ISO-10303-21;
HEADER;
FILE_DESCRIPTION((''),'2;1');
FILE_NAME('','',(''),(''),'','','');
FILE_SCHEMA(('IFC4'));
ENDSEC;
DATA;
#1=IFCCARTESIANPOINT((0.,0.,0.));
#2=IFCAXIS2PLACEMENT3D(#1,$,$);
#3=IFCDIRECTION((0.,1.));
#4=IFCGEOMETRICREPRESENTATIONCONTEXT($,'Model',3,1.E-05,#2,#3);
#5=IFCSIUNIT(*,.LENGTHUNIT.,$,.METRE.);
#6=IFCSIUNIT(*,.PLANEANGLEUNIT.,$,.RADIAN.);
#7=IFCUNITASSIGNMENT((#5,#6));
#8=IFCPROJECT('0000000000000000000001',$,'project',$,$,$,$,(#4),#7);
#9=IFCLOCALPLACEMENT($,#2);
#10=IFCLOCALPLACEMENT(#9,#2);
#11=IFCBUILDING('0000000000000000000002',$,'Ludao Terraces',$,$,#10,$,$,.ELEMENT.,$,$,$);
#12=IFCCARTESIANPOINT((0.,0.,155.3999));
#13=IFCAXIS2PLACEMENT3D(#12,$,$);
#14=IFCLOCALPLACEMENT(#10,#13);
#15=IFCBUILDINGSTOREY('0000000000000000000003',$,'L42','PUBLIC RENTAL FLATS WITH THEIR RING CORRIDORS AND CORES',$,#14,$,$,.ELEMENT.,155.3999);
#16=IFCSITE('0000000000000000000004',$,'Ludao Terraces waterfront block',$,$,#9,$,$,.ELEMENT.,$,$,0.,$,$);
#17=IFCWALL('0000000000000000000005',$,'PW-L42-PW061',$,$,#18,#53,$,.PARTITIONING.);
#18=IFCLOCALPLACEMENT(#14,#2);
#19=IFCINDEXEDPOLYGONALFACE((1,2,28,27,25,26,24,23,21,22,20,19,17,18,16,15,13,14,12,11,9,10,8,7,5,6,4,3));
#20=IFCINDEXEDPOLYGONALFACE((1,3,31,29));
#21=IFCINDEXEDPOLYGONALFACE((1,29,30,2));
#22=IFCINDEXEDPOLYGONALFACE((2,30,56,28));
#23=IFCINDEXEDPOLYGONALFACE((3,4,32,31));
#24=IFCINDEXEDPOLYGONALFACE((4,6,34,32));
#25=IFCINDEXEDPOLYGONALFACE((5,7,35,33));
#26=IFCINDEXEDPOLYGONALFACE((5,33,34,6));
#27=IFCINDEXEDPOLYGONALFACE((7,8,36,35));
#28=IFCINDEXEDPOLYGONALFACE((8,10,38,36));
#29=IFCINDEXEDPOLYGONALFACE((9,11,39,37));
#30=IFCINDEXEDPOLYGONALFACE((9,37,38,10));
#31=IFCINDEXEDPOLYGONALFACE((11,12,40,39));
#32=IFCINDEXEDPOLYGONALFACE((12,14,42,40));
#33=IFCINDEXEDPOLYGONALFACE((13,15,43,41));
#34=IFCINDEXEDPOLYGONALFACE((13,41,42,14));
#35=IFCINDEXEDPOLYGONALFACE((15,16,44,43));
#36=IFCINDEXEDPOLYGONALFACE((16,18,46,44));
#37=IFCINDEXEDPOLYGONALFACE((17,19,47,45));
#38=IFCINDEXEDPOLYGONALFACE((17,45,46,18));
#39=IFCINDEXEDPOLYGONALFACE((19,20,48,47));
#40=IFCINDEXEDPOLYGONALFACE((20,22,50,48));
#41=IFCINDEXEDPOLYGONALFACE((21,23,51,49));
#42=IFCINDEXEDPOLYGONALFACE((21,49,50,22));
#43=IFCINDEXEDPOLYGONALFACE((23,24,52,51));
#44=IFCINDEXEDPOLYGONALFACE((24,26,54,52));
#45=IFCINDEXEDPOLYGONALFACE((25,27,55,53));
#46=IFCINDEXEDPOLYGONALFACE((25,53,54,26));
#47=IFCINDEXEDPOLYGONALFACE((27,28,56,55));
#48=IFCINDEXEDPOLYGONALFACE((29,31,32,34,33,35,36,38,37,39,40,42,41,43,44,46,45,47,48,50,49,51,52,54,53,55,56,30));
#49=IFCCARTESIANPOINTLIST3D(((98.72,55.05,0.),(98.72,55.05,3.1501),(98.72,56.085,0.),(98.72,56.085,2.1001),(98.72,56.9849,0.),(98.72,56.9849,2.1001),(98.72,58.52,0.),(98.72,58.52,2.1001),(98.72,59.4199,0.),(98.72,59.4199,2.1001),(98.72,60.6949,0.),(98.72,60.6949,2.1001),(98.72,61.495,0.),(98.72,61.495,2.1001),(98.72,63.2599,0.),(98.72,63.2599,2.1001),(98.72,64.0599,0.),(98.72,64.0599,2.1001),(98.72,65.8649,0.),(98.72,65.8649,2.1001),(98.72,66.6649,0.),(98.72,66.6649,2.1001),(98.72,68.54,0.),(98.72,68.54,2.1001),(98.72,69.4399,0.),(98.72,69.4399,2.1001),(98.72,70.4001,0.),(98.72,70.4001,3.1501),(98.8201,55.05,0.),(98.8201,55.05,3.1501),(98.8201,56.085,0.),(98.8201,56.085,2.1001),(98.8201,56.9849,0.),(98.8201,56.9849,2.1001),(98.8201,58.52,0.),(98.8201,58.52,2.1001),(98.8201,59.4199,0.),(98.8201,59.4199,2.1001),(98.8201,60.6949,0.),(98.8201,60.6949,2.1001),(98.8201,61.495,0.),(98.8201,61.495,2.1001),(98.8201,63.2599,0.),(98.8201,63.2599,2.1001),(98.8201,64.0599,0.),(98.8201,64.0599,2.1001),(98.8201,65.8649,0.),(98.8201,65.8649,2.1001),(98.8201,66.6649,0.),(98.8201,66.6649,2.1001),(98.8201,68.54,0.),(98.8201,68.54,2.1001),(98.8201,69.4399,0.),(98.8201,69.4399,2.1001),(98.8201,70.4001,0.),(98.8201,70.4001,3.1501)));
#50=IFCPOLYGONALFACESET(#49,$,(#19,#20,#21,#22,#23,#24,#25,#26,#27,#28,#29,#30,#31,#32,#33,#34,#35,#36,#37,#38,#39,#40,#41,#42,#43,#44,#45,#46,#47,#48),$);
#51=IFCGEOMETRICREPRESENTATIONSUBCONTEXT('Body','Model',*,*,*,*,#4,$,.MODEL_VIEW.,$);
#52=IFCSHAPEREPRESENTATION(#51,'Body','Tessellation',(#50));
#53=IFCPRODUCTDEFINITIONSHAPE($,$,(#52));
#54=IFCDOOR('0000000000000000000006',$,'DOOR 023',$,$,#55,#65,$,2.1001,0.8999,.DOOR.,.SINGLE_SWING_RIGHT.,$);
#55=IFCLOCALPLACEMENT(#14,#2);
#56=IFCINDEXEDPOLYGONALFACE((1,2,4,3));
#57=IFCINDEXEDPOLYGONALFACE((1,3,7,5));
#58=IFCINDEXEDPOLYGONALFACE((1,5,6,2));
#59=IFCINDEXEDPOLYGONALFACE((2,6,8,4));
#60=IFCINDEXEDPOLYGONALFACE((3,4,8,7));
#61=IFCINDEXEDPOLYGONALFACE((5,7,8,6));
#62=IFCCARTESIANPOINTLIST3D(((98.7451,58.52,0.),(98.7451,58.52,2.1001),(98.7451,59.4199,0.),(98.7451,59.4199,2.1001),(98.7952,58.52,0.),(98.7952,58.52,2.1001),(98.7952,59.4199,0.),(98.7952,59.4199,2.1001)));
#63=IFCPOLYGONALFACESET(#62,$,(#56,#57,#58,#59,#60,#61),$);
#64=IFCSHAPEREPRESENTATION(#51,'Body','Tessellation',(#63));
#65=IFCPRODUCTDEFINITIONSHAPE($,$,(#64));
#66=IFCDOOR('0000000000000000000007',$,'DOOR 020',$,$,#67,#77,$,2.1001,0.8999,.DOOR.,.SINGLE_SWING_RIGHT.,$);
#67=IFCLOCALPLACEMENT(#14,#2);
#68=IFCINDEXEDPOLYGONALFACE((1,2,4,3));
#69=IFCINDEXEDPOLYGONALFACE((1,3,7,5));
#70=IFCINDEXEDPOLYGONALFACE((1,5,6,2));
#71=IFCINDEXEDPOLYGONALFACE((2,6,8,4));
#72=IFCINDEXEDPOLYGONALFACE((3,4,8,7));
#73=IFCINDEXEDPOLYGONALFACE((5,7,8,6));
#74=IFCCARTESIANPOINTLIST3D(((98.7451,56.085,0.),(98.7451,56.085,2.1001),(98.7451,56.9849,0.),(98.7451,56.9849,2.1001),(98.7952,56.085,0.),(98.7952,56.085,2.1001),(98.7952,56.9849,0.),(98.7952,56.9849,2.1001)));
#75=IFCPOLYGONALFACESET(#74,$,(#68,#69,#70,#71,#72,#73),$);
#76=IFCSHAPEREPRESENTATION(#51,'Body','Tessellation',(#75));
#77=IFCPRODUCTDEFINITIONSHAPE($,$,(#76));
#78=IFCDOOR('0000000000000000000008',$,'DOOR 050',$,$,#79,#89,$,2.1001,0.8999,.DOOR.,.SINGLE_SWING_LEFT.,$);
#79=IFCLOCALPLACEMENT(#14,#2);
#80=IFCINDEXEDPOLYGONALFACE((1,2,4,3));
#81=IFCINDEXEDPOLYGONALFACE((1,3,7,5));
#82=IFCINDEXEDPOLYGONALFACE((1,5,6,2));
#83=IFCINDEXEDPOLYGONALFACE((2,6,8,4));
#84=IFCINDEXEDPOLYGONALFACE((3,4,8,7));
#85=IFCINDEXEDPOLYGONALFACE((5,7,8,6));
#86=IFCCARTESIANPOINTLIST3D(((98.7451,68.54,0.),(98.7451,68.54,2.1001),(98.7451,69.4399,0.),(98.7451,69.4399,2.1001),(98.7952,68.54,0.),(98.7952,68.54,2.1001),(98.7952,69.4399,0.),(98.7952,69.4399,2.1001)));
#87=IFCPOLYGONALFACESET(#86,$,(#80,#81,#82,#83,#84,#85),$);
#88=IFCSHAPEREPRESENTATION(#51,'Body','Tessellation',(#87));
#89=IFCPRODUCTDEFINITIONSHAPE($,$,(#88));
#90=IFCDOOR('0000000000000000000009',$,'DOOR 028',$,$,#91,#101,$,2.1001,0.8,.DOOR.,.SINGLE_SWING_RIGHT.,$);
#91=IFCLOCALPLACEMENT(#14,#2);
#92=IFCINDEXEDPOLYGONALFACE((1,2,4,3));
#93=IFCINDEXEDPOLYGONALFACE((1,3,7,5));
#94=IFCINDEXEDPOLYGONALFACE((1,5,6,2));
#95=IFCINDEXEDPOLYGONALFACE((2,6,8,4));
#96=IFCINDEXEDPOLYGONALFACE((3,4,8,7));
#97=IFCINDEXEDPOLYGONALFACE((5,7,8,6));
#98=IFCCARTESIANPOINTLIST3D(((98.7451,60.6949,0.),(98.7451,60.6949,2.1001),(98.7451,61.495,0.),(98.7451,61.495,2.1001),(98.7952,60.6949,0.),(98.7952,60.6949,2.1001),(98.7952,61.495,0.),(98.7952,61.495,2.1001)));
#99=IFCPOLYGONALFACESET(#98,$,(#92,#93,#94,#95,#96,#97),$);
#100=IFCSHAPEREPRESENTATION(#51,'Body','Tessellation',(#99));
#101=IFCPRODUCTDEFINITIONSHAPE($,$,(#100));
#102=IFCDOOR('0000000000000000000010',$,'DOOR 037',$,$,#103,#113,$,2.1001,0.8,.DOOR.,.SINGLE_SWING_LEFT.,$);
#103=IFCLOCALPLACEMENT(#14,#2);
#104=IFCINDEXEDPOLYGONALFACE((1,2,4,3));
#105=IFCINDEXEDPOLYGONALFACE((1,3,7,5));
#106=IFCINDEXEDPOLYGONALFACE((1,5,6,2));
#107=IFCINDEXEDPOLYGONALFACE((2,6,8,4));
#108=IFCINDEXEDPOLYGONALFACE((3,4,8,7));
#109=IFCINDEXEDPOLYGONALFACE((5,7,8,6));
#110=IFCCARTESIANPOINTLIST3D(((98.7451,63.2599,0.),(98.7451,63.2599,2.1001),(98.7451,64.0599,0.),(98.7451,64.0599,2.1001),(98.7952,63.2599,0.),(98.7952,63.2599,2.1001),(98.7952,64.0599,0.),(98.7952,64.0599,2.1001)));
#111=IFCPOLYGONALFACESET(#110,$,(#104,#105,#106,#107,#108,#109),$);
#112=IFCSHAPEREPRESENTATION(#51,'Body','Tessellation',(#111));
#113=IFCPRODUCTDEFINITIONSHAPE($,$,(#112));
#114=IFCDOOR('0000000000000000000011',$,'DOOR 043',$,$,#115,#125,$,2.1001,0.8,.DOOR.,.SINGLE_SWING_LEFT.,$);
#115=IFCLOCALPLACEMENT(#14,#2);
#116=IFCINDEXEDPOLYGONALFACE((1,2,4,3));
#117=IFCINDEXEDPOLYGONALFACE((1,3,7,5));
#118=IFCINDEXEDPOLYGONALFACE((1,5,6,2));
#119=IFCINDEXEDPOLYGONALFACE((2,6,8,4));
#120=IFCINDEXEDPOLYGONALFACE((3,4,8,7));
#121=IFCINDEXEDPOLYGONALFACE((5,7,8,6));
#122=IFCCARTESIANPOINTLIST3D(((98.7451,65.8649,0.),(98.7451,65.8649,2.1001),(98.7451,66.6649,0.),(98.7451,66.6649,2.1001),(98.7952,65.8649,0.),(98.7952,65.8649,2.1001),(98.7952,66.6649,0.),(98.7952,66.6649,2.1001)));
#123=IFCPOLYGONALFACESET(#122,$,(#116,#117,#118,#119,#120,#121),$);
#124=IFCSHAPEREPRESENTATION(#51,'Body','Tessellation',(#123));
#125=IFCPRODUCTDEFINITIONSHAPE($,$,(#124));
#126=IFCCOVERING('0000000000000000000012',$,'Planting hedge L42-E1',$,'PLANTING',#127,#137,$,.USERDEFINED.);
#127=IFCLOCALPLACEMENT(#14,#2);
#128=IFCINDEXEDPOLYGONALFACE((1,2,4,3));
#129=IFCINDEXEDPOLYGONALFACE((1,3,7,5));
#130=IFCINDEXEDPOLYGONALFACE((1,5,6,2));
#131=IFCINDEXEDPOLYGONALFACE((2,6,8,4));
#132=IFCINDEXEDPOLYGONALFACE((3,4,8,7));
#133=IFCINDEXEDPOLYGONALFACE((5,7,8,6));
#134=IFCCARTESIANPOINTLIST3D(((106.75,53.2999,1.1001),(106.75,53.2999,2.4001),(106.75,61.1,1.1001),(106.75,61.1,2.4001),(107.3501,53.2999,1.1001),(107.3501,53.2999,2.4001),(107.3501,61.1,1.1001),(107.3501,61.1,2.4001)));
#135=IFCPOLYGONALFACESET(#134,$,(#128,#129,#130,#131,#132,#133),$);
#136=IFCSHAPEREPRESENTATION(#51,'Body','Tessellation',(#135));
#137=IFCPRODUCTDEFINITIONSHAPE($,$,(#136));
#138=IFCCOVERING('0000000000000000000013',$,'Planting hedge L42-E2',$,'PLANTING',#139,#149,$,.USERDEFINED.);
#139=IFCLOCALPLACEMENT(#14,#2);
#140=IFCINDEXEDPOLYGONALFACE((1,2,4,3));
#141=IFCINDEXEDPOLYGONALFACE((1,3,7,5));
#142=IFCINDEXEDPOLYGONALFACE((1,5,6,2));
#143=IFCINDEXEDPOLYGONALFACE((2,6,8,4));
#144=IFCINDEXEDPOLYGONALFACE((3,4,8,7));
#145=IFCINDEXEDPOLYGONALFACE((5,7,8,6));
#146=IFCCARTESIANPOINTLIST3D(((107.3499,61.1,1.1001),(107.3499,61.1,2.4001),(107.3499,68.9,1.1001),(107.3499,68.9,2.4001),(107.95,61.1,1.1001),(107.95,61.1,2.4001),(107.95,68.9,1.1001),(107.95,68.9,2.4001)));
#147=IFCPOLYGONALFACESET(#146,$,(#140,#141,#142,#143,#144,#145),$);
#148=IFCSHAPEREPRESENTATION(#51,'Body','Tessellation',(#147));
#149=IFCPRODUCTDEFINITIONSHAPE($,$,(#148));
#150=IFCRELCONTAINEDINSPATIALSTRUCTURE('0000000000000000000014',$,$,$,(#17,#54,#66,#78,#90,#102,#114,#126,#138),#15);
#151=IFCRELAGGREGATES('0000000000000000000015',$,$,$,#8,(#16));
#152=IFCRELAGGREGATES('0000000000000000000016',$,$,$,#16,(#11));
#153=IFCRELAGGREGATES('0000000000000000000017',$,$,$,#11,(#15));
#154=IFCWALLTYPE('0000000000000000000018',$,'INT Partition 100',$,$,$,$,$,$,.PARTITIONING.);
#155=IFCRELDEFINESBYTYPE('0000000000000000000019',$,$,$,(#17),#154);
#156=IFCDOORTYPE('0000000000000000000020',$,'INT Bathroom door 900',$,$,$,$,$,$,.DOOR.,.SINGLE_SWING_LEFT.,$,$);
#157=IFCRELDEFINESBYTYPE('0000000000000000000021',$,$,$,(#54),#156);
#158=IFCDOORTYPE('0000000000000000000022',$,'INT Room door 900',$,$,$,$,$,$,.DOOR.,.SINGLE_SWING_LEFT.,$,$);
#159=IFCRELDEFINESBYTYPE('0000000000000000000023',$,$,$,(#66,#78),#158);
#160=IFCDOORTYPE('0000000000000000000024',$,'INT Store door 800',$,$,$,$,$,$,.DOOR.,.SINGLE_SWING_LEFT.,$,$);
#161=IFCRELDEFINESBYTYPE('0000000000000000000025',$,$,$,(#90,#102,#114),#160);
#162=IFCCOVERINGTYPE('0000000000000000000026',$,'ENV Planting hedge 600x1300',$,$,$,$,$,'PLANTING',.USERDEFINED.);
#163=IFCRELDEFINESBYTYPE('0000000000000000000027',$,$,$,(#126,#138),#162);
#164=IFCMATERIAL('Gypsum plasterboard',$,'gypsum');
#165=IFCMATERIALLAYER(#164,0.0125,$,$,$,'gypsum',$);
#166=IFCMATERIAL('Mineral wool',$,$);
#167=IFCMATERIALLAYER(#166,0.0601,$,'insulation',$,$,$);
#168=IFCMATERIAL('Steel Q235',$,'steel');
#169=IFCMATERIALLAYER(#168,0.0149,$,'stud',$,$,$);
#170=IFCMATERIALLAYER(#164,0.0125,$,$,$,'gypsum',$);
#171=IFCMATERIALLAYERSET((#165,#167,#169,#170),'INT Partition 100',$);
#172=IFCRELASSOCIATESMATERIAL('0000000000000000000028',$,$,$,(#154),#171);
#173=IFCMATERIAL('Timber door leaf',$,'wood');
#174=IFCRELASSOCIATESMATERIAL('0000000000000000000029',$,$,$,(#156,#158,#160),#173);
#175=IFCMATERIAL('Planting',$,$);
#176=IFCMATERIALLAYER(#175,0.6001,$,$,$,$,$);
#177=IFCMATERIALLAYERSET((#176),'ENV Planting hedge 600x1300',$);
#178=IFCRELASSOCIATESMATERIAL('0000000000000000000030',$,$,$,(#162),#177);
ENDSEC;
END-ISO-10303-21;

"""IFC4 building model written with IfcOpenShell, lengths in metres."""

from ifc_helpers import new_model, si_unit, direction, frame, frame_2d, origin, origin_2d, place, context, subcontext, project, spatial, rectangle, extrude, material, layer, layer_set, type_object, element, fill, save


model = new_model("IFC4")

# Units and contexts
model_context = context("Model", 3, precision=1e-05, world=origin(), true_north=direction((0.0, 1.0)))
body_context = subcontext(model_context, "Body", "Model", "MODEL_VIEW")
ifc_project = project(units=[si_unit("LENGTHUNIT", "METRE"), si_unit("PLANEANGLEUNIT", "RADIAN")], contexts=[model_context])

# Site, building, storey
site_placement = place(None, origin())
site = spatial("IfcSite", under=ifc_project, at=site_placement, Name="Ludao Terraces waterfront block", CompositionType="ELEMENT", RefElevation=0.0)
building_placement = place(site_placement, origin())
building = spatial("IfcBuilding", under=site, at=building_placement, Name="Ludao Terraces", CompositionType="ELEMENT")
storey_placement = place(building_placement, frame((0.0, 0.0, 155.3999)))
storey = spatial("IfcBuildingStorey", under=building, at=storey_placement, Name="L42", Description="PUBLIC RENTAL FLATS WITH THEIR RING CORRIDORS AND CORES", CompositionType="ELEMENT", Elevation=155.3999)

# Shared definitions
ifc_material_1 = material(Name="Mineral wool")

# Shared definitions
ifc_material_2 = material(Name="Gypsum plasterboard", Category="gypsum")
ifc_layer_1 = layer(ifc_material_2, 0.0125, Category="gypsum")
ifc_layer_2 = layer(ifc_material_1, 0.0601, Name="insulation")
ifc_material_3 = material(Name="Steel Q235", Category="steel")
ifc_layer_3 = layer(ifc_material_3, 0.0149, Name="stud")
ifc_layer_4 = layer(ifc_material_2, 0.0125, Category="gypsum")
ifc_layer_set_1 = layer_set([ifc_layer_1, ifc_layer_2, ifc_layer_3, ifc_layer_4], Name="INT Partition 100")
wall_type_1 = type_object("IfcWallType", Name="INT Partition 100", PredefinedType="PARTITIONING", material=ifc_layer_set_1)

# Wall, openings, doors
wall_1_placement = place(storey_placement, frame((98.77, 55.05, 0.0), z_axis=(0.0, 0.0, 1.0), x_axis=(0.0, 1.0, 0.0)))
wall_1 = element("IfcWall", 1, at=wall_1_placement, inside=storey, type_object=wall_type_1, Name="PW-L42-PW061", PredefinedType="PARTITIONING", context=body_context, shape_type="SweptSolid", body=[
    extrude(rectangle(XDim=15.3501, YDim=0.1001, at=frame_2d((7.675, 0.0))), origin(), (0.0, 0.0, 1.0), 3.1501),
])
opening_1_placement = place(wall_1_placement, frame((1.0349, 0.0, 0.0)))
opening_1 = element("IfcOpeningElement", 2, at=opening_1_placement, cuts=wall_1, PredefinedType="OPENING", context=body_context, shape_type="SweptSolid", body=[
    extrude(rectangle(XDim=0.8999, YDim=2.1001, at=frame_2d((0.45, 1.05))), frame((0.0, 0.0601, 0.0), z_axis=(0.0, -1.0, 0.0), x_axis=(1.0, 0.0, 0.0)), (0.0, 0.0, 1.0), 0.1201),
])
opening_2_placement = place(wall_1_placement, frame((3.47, 0.0, 0.0)))
opening_2 = element("IfcOpeningElement", 3, at=opening_2_placement, cuts=wall_1, PredefinedType="OPENING", context=body_context, shape_type="SweptSolid", body=[
    extrude(rectangle(XDim=0.8999, YDim=2.1001, at=frame_2d((0.45, 1.05))), frame((0.0, 0.0601, 0.0), z_axis=(0.0, -1.0, 0.0), x_axis=(1.0, 0.0, 0.0)), (0.0, 0.0, 1.0), 0.1201),
])
opening_3_placement = place(wall_1_placement, frame((5.645, 0.0, 0.0)))
opening_3 = element("IfcOpeningElement", 4, at=opening_3_placement, cuts=wall_1, PredefinedType="OPENING", context=body_context, shape_type="SweptSolid", body=[
    extrude(rectangle(XDim=0.8, YDim=2.1001, at=frame_2d((0.3999, 1.05))), frame((0.0, 0.0601, 0.0), z_axis=(0.0, -1.0, 0.0), x_axis=(1.0, 0.0, 0.0)), (0.0, 0.0, 1.0), 0.1201),
])
opening_4_placement = place(wall_1_placement, frame((8.21, 0.0, 0.0)))
opening_4 = element("IfcOpeningElement", 5, at=opening_4_placement, cuts=wall_1, PredefinedType="OPENING", context=body_context, shape_type="SweptSolid", body=[
    extrude(rectangle(XDim=0.8, YDim=2.1001, at=frame_2d((0.3999, 1.05))), frame((0.0, 0.0601, 0.0), z_axis=(0.0, -1.0, 0.0), x_axis=(1.0, 0.0, 0.0)), (0.0, 0.0, 1.0), 0.1201),
])
opening_5_placement = place(wall_1_placement, frame((10.8149, 0.0, 0.0)))
opening_5 = element("IfcOpeningElement", 6, at=opening_5_placement, cuts=wall_1, PredefinedType="OPENING", context=body_context, shape_type="SweptSolid", body=[
    extrude(rectangle(XDim=0.8, YDim=2.1001, at=frame_2d((0.3999, 1.05))), frame((0.0, 0.0601, 0.0), z_axis=(0.0, -1.0, 0.0), x_axis=(1.0, 0.0, 0.0)), (0.0, 0.0, 1.0), 0.1201),
])
opening_6_placement = place(wall_1_placement, frame((13.49, 0.0, 0.0)))
opening_6 = element("IfcOpeningElement", 7, at=opening_6_placement, cuts=wall_1, PredefinedType="OPENING", context=body_context, shape_type="SweptSolid", body=[
    extrude(rectangle(XDim=0.8999, YDim=2.1001, at=frame_2d((0.45, 1.05))), frame((0.0, 0.0601, 0.0), z_axis=(0.0, -1.0, 0.0), x_axis=(1.0, 0.0, 0.0)), (0.0, 0.0, 1.0), 0.1201),
])
ifc_material_4 = material(Name="Timber door leaf", Category="wood")
door_type_1 = type_object("IfcDoorType", Name="INT Bathroom door 900", OperationType="SINGLE_SWING_LEFT", PredefinedType="DOOR", material=ifc_material_4)
door_1_placement = place(opening_2_placement, origin())
door_1 = element("IfcDoor", 8, at=door_1_placement, inside=storey, type_object=door_type_1, Name="DOOR 023", OperationType="SINGLE_SWING_RIGHT", OverallHeight=2.1001, OverallWidth=0.8999, PredefinedType="DOOR", context=body_context, shape_type="SweptSolid", body=[
    extrude(rectangle(XDim=0.8999, YDim=2.1001, at=frame_2d((0.45, 1.05))), frame((0.0, 0.0249, 0.0), z_axis=(0.0, -1.0, 0.0), x_axis=(1.0, 0.0, 0.0)), (0.0, 0.0, 1.0), 0.05),
])
fill(opening_2, door_1)
door_type_2 = type_object("IfcDoorType", Name="INT Room door 900", OperationType="SINGLE_SWING_LEFT", PredefinedType="DOOR", material=ifc_material_4)
door_2_placement = place(opening_1_placement, origin())
door_2 = element("IfcDoor", 9, at=door_2_placement, inside=storey, type_object=door_type_2, Name="DOOR 020", OperationType="SINGLE_SWING_RIGHT", OverallHeight=2.1001, OverallWidth=0.8999, PredefinedType="DOOR", context=body_context, shape_type="SweptSolid", body=[
    extrude(rectangle(XDim=0.8999, YDim=2.1001, at=frame_2d((0.45, 1.05))), frame((0.0, 0.0249, 0.0), z_axis=(0.0, -1.0, 0.0), x_axis=(1.0, 0.0, 0.0)), (0.0, 0.0, 1.0), 0.05),
])
fill(opening_1, door_2)
door_3_placement = place(opening_6_placement, origin())
door_3 = element("IfcDoor", 10, at=door_3_placement, inside=storey, type_object=door_type_2, Name="DOOR 050", OperationType="SINGLE_SWING_LEFT", OverallHeight=2.1001, OverallWidth=0.8999, PredefinedType="DOOR", context=body_context, shape_type="SweptSolid", body=[
    extrude(rectangle(XDim=0.8999, YDim=2.1001, at=frame_2d((0.45, 1.05))), frame((0.0, 0.0249, 0.0), z_axis=(0.0, -1.0, 0.0), x_axis=(1.0, 0.0, 0.0)), (0.0, 0.0, 1.0), 0.05),
])
fill(opening_6, door_3)
door_type_3 = type_object("IfcDoorType", Name="INT Store door 800", OperationType="SINGLE_SWING_LEFT", PredefinedType="DOOR", material=ifc_material_4)
door_4_placement = place(opening_3_placement, origin())
door_4 = element("IfcDoor", 11, at=door_4_placement, inside=storey, type_object=door_type_3, Name="DOOR 028", OperationType="SINGLE_SWING_RIGHT", OverallHeight=2.1001, OverallWidth=0.8, PredefinedType="DOOR", context=body_context, shape_type="SweptSolid", body=[
    extrude(rectangle(XDim=0.8, YDim=2.1001, at=frame_2d((0.3999, 1.05))), frame((0.0, 0.0249, 0.0), z_axis=(0.0, -1.0, 0.0), x_axis=(1.0, 0.0, 0.0)), (0.0, 0.0, 1.0), 0.05),
])
fill(opening_3, door_4)
door_5_placement = place(opening_4_placement, origin())
door_5 = element("IfcDoor", 12, at=door_5_placement, inside=storey, type_object=door_type_3, Name="DOOR 037", OperationType="SINGLE_SWING_LEFT", OverallHeight=2.1001, OverallWidth=0.8, PredefinedType="DOOR", context=body_context, shape_type="SweptSolid", body=[
    extrude(rectangle(XDim=0.8, YDim=2.1001, at=frame_2d((0.3999, 1.05))), frame((0.0, 0.0249, 0.0), z_axis=(0.0, -1.0, 0.0), x_axis=(1.0, 0.0, 0.0)), (0.0, 0.0, 1.0), 0.05),
])
fill(opening_4, door_5)
door_6_placement = place(opening_5_placement, origin())
door_6 = element("IfcDoor", 13, at=door_6_placement, inside=storey, type_object=door_type_3, Name="DOOR 043", OperationType="SINGLE_SWING_LEFT", OverallHeight=2.1001, OverallWidth=0.8, PredefinedType="DOOR", context=body_context, shape_type="SweptSolid", body=[
    extrude(rectangle(XDim=0.8, YDim=2.1001, at=frame_2d((0.3999, 1.05))), frame((0.0, 0.0249, 0.0), z_axis=(0.0, -1.0, 0.0), x_axis=(1.0, 0.0, 0.0)), (0.0, 0.0, 1.0), 0.05),
])
fill(opening_5, door_6)

# Coverings
ifc_material_5 = material(Name="Planting")
ifc_layer_5 = layer(ifc_material_5, 0.6001)
ifc_layer_set_2 = layer_set([ifc_layer_5], Name="ENV Planting hedge 600x1300")
covering_type = type_object("IfcCoveringType", Name="ENV Planting hedge 600x1300", ElementType="PLANTING", PredefinedType="USERDEFINED", material=ifc_layer_set_2)
for number, where, z_axis, x_axis, name in (
    (14, (107.05, 57.2, 1.1001), (0.0, 0.0, 1.0), (1.0, 0.0, 0.0), "Planting hedge L42-E1"),
    (15, (107.6499, 65.0, 1.1001), (0.0, 0.0, 1.0), (1.0, 0.0, 0.0), "Planting hedge L42-E2"),
):
    element("IfcCovering", number, at=place(storey_placement, frame(where, z_axis=z_axis, x_axis=x_axis)), inside=storey, type_object=covering_type, Name=name, ObjectType="PLANTING", PredefinedType="USERDEFINED", context=body_context, shape_type="SweptSolid", body=[
        extrude(rectangle(XDim=0.6001, YDim=7.8, at=origin_2d()), origin(), (0.0, 0.0, 1.0), 1.3),
    ])

save(model, "model.ifc")
